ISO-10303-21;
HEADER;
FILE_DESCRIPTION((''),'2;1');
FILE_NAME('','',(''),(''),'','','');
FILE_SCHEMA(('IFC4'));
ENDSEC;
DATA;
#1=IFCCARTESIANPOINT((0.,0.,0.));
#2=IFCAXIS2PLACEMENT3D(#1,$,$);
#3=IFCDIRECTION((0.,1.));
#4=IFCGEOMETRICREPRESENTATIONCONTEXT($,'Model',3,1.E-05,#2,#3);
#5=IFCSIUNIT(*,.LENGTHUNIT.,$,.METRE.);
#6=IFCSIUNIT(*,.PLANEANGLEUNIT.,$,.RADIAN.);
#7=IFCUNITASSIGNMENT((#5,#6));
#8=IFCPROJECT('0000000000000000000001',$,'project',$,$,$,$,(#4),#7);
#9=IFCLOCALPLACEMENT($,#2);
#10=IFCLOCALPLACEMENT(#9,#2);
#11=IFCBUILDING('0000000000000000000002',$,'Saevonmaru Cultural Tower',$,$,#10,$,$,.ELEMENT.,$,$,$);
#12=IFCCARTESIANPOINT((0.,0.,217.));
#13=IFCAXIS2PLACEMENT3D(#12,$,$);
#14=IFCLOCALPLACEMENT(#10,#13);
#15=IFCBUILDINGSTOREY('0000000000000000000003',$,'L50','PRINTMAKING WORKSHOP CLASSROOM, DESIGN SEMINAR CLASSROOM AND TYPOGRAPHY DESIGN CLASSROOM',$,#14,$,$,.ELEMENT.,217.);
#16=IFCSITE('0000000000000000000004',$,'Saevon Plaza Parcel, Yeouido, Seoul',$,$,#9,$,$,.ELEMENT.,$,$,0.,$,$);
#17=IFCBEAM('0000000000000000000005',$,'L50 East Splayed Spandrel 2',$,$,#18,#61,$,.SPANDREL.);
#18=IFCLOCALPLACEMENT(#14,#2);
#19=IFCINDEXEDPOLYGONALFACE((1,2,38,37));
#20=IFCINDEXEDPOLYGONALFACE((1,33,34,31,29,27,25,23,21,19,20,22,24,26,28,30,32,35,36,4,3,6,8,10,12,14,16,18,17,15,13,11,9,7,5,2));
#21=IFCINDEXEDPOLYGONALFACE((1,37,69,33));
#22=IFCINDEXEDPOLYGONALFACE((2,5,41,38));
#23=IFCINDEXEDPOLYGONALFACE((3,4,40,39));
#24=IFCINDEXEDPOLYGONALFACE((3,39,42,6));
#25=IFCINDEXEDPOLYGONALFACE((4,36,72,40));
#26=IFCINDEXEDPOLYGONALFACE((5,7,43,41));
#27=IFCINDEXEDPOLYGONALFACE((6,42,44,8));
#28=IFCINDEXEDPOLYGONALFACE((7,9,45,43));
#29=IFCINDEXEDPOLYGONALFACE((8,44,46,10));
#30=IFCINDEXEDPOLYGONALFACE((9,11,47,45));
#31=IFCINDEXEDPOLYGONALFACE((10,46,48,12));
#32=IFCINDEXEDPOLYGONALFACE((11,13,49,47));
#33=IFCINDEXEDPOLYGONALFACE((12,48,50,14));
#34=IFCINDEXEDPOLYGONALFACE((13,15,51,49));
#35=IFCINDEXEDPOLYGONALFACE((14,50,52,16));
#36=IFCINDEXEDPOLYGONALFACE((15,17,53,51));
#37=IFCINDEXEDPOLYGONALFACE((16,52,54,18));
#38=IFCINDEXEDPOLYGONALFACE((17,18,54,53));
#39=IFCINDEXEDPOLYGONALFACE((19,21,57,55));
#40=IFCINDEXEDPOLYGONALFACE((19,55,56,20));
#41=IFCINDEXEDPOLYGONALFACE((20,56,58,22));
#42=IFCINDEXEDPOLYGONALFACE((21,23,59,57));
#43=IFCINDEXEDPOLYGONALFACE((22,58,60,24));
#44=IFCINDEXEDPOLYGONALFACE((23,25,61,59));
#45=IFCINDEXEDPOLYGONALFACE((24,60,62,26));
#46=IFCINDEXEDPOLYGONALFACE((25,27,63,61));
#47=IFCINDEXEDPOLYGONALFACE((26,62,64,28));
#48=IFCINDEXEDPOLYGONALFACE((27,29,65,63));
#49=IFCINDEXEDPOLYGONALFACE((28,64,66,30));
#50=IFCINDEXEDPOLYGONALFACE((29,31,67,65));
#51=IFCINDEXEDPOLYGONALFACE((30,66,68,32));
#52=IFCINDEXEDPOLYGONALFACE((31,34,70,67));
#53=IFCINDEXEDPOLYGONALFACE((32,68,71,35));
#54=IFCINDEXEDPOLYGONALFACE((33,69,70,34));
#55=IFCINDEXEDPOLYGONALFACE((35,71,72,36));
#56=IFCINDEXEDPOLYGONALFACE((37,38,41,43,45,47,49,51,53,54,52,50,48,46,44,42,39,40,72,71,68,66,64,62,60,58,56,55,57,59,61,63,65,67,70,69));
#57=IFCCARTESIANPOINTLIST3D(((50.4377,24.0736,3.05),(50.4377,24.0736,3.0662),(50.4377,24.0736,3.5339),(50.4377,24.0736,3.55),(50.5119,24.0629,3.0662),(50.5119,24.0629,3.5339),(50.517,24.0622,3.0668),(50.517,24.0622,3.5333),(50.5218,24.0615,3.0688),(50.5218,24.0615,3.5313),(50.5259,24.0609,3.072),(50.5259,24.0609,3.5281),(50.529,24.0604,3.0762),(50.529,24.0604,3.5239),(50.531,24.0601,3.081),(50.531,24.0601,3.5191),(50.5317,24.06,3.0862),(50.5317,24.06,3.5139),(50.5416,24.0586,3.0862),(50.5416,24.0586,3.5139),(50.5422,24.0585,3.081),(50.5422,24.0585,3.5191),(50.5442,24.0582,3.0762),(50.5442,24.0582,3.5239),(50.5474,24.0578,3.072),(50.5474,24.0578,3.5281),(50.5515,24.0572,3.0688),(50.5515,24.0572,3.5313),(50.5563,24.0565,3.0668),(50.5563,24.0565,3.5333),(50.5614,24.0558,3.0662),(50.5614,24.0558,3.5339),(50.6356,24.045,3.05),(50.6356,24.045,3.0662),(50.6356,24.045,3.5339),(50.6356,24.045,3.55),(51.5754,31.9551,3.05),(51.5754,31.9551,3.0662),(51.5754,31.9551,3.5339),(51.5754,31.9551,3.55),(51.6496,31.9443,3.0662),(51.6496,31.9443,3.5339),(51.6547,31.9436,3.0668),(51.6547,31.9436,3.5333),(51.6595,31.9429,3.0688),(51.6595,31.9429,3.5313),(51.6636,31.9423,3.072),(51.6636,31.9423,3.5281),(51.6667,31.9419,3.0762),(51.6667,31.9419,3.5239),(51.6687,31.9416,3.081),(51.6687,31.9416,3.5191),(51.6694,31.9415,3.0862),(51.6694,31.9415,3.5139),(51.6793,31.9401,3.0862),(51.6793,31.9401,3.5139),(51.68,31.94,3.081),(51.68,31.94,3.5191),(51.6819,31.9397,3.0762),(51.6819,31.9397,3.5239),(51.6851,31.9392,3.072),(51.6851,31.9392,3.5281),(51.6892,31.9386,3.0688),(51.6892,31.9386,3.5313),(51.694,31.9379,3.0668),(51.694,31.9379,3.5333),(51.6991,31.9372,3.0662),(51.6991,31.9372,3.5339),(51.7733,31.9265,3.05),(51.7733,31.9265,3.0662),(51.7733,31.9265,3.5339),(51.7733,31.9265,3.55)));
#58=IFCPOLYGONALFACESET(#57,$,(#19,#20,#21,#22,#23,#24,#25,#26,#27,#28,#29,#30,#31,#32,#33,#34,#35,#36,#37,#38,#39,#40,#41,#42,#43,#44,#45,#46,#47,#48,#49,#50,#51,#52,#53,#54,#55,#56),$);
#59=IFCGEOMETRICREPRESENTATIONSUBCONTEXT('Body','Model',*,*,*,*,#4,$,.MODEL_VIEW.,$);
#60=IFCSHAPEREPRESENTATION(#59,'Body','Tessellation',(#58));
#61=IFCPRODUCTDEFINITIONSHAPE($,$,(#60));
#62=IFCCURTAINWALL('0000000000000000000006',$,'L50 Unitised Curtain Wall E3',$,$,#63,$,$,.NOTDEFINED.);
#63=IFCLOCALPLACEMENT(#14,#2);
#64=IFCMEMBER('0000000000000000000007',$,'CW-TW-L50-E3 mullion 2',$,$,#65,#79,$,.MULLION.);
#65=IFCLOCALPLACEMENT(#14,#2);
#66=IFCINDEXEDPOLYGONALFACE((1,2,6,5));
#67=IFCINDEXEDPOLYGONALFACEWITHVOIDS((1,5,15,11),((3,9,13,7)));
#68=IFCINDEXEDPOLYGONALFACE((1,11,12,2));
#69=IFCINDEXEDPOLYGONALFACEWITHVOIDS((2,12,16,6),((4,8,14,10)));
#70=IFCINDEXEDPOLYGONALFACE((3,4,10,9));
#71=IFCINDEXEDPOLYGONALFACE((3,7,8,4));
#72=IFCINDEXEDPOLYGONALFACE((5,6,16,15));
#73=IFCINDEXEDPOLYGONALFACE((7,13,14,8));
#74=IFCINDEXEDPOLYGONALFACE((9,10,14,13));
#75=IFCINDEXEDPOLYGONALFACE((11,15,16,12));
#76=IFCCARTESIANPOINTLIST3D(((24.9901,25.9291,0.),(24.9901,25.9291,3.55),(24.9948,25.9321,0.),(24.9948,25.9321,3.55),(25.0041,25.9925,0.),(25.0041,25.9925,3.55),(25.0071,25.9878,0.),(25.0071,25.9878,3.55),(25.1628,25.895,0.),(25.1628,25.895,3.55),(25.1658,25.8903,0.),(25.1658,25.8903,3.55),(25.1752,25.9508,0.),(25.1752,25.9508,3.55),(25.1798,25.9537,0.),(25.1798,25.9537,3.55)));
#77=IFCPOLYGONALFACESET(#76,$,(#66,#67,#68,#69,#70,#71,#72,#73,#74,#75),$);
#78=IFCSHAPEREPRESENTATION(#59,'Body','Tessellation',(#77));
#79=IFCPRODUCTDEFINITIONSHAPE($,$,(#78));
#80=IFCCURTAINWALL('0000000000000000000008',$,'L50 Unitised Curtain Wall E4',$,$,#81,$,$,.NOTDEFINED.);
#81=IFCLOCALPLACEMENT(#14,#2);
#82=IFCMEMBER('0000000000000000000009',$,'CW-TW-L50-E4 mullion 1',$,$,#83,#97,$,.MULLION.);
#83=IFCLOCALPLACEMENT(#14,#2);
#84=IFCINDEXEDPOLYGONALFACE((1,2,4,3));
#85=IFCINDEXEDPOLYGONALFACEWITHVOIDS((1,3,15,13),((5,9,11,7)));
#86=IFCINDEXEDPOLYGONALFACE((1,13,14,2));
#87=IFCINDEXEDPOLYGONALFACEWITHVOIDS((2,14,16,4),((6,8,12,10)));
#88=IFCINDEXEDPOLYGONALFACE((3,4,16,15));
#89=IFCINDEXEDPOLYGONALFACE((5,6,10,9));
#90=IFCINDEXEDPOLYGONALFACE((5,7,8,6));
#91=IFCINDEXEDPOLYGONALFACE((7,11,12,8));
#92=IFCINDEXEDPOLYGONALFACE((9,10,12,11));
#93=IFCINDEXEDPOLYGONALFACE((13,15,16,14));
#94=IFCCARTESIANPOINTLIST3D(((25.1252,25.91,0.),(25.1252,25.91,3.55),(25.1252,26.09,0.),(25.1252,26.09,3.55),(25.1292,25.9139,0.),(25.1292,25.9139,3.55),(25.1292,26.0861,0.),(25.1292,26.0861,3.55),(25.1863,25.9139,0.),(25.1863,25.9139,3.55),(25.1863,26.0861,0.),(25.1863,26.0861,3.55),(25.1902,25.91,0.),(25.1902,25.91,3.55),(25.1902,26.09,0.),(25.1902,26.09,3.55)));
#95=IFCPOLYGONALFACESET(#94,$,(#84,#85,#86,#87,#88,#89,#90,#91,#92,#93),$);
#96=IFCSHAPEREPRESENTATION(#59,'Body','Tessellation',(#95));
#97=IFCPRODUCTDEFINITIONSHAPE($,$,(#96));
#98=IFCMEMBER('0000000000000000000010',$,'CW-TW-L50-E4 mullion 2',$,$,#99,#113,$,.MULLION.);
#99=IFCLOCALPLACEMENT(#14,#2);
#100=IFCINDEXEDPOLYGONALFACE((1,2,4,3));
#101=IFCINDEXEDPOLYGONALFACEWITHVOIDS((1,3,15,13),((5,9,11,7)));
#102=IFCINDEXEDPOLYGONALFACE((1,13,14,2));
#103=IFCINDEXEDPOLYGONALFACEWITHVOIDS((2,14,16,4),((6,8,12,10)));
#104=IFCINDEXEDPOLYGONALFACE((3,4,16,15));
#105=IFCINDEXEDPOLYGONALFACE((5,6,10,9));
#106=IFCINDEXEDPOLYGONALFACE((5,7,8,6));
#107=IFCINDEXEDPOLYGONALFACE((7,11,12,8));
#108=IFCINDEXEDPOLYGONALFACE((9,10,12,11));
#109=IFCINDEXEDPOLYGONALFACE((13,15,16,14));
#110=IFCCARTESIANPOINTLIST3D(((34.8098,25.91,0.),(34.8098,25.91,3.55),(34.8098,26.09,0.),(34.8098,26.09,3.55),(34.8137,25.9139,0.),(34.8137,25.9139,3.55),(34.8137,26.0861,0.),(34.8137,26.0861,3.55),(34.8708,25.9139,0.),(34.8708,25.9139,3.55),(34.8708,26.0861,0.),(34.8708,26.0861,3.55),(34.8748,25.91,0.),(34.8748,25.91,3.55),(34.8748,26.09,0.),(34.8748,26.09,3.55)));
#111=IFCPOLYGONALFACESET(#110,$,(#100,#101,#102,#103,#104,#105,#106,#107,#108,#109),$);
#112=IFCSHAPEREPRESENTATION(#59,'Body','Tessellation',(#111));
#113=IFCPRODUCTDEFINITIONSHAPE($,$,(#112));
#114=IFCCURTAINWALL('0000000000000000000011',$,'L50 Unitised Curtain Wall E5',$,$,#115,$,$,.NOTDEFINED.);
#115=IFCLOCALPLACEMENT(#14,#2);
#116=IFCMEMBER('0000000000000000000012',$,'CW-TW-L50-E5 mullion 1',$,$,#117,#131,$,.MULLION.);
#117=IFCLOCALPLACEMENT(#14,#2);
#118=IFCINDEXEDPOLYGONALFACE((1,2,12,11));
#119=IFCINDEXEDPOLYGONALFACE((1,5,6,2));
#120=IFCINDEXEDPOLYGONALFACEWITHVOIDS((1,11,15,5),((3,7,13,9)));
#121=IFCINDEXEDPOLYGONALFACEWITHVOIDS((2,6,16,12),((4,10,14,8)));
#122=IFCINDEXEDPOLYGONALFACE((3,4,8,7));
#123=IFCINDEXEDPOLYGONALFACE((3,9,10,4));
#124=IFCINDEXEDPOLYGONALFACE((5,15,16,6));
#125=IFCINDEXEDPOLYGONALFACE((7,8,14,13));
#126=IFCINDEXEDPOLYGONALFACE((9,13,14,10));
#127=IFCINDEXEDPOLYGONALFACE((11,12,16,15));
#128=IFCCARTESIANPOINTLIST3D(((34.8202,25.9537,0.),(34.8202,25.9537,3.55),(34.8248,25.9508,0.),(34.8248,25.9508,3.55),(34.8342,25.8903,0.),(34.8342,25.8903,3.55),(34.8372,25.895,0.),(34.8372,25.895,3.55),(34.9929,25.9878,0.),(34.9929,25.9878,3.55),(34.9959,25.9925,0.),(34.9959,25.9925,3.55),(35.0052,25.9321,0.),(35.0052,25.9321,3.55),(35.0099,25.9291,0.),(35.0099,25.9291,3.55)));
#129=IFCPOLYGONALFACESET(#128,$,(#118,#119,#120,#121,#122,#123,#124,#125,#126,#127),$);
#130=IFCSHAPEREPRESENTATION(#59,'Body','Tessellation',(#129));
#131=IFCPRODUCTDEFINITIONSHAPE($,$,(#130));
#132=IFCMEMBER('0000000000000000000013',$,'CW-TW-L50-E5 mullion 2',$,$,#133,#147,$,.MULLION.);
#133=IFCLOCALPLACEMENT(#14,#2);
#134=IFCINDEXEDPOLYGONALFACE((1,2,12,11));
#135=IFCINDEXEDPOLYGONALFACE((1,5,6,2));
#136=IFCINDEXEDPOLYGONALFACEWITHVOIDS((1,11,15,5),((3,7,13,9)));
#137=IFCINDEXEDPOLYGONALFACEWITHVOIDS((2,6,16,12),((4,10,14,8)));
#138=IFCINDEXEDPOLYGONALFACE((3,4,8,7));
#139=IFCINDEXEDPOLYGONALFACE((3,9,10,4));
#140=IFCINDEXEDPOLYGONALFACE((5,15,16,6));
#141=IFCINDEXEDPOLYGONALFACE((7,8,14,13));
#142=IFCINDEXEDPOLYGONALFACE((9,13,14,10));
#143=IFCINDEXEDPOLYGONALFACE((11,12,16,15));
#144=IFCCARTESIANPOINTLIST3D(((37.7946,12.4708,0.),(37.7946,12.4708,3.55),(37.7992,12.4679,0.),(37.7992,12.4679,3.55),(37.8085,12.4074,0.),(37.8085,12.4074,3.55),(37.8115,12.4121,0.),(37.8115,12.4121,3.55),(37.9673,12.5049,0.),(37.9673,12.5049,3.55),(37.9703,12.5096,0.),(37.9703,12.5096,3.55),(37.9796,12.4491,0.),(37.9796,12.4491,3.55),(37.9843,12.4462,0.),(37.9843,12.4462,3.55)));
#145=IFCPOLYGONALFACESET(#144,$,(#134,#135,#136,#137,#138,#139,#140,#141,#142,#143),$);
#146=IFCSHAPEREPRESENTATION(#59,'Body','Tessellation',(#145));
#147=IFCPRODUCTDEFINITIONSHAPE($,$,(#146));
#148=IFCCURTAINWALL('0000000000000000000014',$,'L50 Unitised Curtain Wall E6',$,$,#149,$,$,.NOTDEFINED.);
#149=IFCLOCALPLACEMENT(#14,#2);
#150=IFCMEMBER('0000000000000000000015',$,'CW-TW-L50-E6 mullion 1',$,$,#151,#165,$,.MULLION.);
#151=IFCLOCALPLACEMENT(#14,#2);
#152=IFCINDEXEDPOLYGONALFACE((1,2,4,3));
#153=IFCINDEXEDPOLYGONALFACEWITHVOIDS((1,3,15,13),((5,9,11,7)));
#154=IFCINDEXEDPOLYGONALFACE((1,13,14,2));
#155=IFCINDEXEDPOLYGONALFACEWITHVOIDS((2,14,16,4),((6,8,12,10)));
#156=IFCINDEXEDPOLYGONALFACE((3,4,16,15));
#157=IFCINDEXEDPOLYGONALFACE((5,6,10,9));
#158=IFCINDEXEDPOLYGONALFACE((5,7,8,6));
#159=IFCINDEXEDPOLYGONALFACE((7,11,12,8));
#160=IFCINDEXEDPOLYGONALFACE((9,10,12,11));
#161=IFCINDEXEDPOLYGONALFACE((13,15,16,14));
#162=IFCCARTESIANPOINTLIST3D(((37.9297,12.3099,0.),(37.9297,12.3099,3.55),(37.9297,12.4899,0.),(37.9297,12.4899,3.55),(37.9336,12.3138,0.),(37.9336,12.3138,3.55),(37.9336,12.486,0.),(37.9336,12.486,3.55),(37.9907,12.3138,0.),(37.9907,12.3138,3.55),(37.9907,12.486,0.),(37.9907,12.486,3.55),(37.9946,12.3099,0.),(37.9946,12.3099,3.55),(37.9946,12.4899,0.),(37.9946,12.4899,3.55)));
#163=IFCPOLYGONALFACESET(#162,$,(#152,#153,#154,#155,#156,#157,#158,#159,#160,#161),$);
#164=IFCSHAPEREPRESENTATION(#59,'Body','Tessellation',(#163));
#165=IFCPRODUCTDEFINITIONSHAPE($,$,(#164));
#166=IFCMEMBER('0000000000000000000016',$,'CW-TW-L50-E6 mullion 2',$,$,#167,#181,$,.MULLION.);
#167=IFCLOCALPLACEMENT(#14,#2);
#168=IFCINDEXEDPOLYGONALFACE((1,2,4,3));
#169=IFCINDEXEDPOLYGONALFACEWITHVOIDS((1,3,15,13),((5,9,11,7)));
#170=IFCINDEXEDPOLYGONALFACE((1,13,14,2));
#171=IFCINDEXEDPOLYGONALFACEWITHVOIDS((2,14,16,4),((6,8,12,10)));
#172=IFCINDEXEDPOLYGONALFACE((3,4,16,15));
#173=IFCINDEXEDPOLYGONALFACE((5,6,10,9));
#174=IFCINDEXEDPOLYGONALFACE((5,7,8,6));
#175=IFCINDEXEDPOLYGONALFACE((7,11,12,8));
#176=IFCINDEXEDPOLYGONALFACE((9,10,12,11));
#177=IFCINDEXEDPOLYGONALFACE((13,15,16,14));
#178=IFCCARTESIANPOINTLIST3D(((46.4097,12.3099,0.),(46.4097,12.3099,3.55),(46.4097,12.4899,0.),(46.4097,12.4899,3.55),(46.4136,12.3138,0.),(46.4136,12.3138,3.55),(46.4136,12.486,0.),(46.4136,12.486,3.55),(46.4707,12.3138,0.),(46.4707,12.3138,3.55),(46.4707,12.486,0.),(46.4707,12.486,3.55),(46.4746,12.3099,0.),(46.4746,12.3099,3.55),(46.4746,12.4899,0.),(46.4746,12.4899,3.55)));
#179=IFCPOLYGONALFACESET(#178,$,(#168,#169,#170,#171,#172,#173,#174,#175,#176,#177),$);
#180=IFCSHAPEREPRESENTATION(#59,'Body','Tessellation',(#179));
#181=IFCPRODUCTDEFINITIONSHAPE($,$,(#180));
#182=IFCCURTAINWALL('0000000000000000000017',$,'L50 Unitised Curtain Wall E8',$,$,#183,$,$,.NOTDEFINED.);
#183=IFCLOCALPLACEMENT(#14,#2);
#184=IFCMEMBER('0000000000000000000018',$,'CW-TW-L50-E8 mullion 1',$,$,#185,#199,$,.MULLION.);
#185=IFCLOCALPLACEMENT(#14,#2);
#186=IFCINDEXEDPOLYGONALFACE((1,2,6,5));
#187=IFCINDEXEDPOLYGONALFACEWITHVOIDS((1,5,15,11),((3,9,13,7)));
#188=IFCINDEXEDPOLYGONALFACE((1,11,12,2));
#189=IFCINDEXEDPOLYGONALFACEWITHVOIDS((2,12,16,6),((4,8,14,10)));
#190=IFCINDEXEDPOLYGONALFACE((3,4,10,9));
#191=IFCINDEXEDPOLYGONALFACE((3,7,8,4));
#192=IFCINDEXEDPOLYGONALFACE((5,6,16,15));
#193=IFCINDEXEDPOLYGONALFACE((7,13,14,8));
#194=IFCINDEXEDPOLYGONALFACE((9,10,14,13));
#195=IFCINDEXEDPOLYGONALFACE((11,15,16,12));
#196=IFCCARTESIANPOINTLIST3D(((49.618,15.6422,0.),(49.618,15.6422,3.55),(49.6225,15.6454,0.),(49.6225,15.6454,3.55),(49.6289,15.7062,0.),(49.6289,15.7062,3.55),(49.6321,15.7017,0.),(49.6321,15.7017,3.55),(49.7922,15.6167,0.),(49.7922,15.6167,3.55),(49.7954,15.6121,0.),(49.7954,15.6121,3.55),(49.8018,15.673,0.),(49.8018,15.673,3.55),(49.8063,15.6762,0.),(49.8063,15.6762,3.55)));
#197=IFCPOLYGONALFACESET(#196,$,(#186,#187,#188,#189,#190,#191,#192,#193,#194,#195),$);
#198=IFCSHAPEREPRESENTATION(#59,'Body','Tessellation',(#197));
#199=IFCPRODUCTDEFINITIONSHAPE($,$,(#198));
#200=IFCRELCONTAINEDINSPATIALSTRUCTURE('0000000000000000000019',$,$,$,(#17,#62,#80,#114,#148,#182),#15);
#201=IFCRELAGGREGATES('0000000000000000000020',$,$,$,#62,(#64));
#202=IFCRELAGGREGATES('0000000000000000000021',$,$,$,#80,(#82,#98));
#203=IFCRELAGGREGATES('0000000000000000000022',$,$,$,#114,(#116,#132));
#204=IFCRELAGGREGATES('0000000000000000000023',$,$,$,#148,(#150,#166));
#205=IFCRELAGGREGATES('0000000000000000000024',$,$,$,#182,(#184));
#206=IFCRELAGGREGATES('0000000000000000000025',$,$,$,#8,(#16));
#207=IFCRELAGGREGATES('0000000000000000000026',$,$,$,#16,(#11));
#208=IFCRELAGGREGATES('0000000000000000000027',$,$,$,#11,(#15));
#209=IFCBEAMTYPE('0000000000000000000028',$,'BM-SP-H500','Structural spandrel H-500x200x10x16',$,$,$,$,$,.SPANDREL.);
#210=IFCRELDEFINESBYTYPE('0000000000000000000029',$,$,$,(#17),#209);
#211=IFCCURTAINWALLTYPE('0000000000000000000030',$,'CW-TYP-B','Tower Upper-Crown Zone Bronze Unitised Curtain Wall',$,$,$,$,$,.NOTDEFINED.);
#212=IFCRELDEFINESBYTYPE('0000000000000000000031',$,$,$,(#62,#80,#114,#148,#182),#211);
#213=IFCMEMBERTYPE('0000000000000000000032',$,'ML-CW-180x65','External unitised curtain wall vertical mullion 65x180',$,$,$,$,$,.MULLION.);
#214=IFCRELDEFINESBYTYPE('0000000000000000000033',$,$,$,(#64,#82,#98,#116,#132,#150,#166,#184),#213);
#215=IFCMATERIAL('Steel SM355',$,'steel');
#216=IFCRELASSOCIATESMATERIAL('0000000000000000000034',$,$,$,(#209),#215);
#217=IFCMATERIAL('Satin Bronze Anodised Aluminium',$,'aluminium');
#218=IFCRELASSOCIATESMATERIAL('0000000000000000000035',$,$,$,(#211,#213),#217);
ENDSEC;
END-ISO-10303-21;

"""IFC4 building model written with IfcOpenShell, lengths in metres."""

from ifc_helpers import new_model, si_unit, direction, frame, origin, origin_2d, place, context, subcontext, project, spatial, hollow_rectangle, i_section, extrude, material, material_profile, profile_set, type_object, element, aggregate, save


model = new_model("IFC4")

# Units and contexts
model_context = context("Model", 3, precision=1e-05, world=origin(), true_north=direction((0.0, 1.0)))
body_context = subcontext(model_context, "Body", "Model", "MODEL_VIEW")
ifc_project = project(units=[si_unit("LENGTHUNIT", "METRE"), si_unit("PLANEANGLEUNIT", "RADIAN")], contexts=[model_context])

# Site, building, storey
site_placement = place(None, origin())
site = spatial("IfcSite", under=ifc_project, at=site_placement, Name="Saevon Plaza Parcel, Yeouido, Seoul", CompositionType="ELEMENT", RefElevation=0.0)
building_placement = place(site_placement, origin())
building = spatial("IfcBuilding", under=site, at=building_placement, Name="Saevonmaru Cultural Tower", CompositionType="ELEMENT")
storey_placement = place(building_placement, frame((0.0, 0.0, 217.0)))
storey = spatial("IfcBuildingStorey", under=building, at=storey_placement, Name="L50", Description="PRINTMAKING WORKSHOP CLASSROOM, DESIGN SEMINAR CLASSROOM AND TYPOGRAPHY DESIGN CLASSROOM", CompositionType="ELEMENT", Elevation=217.0)

# Shared definitions
ifc_material_1 = material(Name="Steel SM355", Category="steel")

# Beam
ifc_material_profile_1 = material_profile(ifc_material_1, i_section(OverallWidth=0.2, OverallDepth=0.5, WebThickness=0.01, FlangeThickness=0.0161, FilletRadius=0.02, at=origin_2d()), Name="H-500x200x10x16")
ifc_profile_set_1 = profile_set([ifc_material_profile_1], Name="Steel SM355")
beam_type_1 = type_object("IfcBeamType", Name="BM-SP-H500", Description="Structural spandrel H-500x200x10x16", PredefinedType="SPANDREL", material=ifc_profile_set_1)
for number, where, z_axis, x_axis, name in (
    (1, (50.5366, 24.0593, 3.3), (0.142872, 0.989741, 0.0), (-0.989741, 0.142872, 0.0), "L50 East Splayed Spandrel 2"),
):
    element("IfcBeam", number, at=place(storey_placement, frame(where, z_axis=z_axis, x_axis=x_axis)), inside=storey, type_object=beam_type_1, Name=name, PredefinedType="SPANDREL", context=body_context, shape_type="SweptSolid", body=[
        extrude(i_section(OverallWidth=0.2, OverallDepth=0.5, WebThickness=0.01, FlangeThickness=0.0161, FilletRadius=0.02, at=origin_2d()), origin(), (0.0, 0.0, 1.0), 7.9631),
    ])

# Curtain wall, member
ifc_material_2 = material(Name="Satin Bronze Anodised Aluminium", Category="aluminium")
curtain_wall_type_1 = type_object("IfcCurtainWallType", Name="CW-TYP-B", Description="Tower Upper-Crown Zone Bronze Unitised Curtain Wall", PredefinedType="NOTDEFINED", material=ifc_material_2)
curtain_wall_1_placement = place(storey_placement, origin())
curtain_wall_1 = element("IfcCurtainWall", 2, at=curtain_wall_1_placement, inside=storey, type_object=curtain_wall_type_1, Name="L50 Unitised Curtain Wall E3", PredefinedType="NOTDEFINED")
ifc_material_profile_2 = material_profile(ifc_material_2, hollow_rectangle(XDim=0.0649, YDim=0.1799, WallThickness=0.0039, at=origin_2d()), Name="ALU-MULL-180x65x4")
ifc_profile_set_2 = profile_set([ifc_material_profile_2], Name="Satin Bronze Anodised Aluminium")
member_type_1 = type_object("IfcMemberType", Name="ML-CW-180x65", Description="External unitised curtain wall vertical mullion 65x180", PredefinedType="MULLION", material=ifc_profile_set_2)
member_1_placement = place(storey_placement, frame((25.085, 25.9414, 0.0), z_axis=(0.0, 0.0, 1.0), x_axis=(0.215413, 0.976523, 0.0)))
member_1 = element("IfcMember", 3, at=member_1_placement, type_object=member_type_1, Name="CW-TW-L50-E3 mullion 2", PredefinedType="MULLION", context=body_context, shape_type="SweptSolid", body=[
    extrude(hollow_rectangle(XDim=0.0649, YDim=0.1799, WallThickness=0.0039, at=origin_2d()), origin(), (0.0, 0.0, 1.0), 3.55),
])
aggregate(curtain_wall_1, [member_1])

# Curtain walls, members
curtain_wall_2_placement = place(storey_placement, origin())
curtain_wall_2 = element("IfcCurtainWall", 4, at=curtain_wall_2_placement, inside=storey, type_object=curtain_wall_type_1, Name="L50 Unitised Curtain Wall E4", PredefinedType="NOTDEFINED")
member_2_placement = place(storey_placement, frame((25.1577, 26.0, 0.0), z_axis=(0.0, 0.0, 1.0), x_axis=(1.0, 0.0, 0.0)))
member_2 = element("IfcMember", 5, at=member_2_placement, type_object=member_type_1, Name="CW-TW-L50-E4 mullion 1", PredefinedType="MULLION", context=body_context, shape_type="SweptSolid", body=[
    extrude(hollow_rectangle(XDim=0.0649, YDim=0.1799, WallThickness=0.0039, at=origin_2d()), origin(), (0.0, 0.0, 1.0), 3.55),
])
member_3_placement = place(storey_placement, frame((34.8423, 26.0, 0.0), z_axis=(0.0, 0.0, 1.0), x_axis=(1.0, 0.0, 0.0)))
member_3 = element("IfcMember", 6, at=member_3_placement, type_object=member_type_1, Name="CW-TW-L50-E4 mullion 2", PredefinedType="MULLION", context=body_context, shape_type="SweptSolid", body=[
    extrude(hollow_rectangle(XDim=0.0649, YDim=0.1799, WallThickness=0.0039, at=origin_2d()), origin(), (0.0, 0.0, 1.0), 3.55),
])
curtain_wall_3_placement = place(storey_placement, origin())
curtain_wall_3 = element("IfcCurtainWall", 7, at=curtain_wall_3_placement, inside=storey, type_object=curtain_wall_type_1, Name="L50 Unitised Curtain Wall E5", PredefinedType="NOTDEFINED")
member_4_placement = place(storey_placement, frame((34.915, 25.9414, 0.0), z_axis=(0.0, 0.0, 1.0), x_axis=(0.215413, -0.976523, 0.0)))
member_4 = element("IfcMember", 8, at=member_4_placement, type_object=member_type_1, Name="CW-TW-L50-E5 mullion 1", PredefinedType="MULLION", context=body_context, shape_type="SweptSolid", body=[
    extrude(hollow_rectangle(XDim=0.0649, YDim=0.1799, WallThickness=0.0039, at=origin_2d()), origin(), (0.0, 0.0, 1.0), 3.55),
])
member_5_placement = place(storey_placement, frame((37.8894, 12.4585, 0.0), z_axis=(0.0, 0.0, 1.0), x_axis=(0.215413, -0.976523, 0.0)))
member_5 = element("IfcMember", 9, at=member_5_placement, type_object=member_type_1, Name="CW-TW-L50-E5 mullion 2", PredefinedType="MULLION", context=body_context, shape_type="SweptSolid", body=[
    extrude(hollow_rectangle(XDim=0.0649, YDim=0.1799, WallThickness=0.0039, at=origin_2d()), origin(), (0.0, 0.0, 1.0), 3.55),
])
curtain_wall_4_placement = place(storey_placement, origin())
curtain_wall_4 = element("IfcCurtainWall", 10, at=curtain_wall_4_placement, inside=storey, type_object=curtain_wall_type_1, Name="L50 Unitised Curtain Wall E6", PredefinedType="NOTDEFINED")
member_6_placement = place(storey_placement, frame((37.9622, 12.3999, 0.0), z_axis=(0.0, 0.0, 1.0), x_axis=(1.0, 0.0, 0.0)))
member_6 = element("IfcMember", 11, at=member_6_placement, type_object=member_type_1, Name="CW-TW-L50-E6 mullion 1", PredefinedType="MULLION", context=body_context, shape_type="SweptSolid", body=[
    extrude(hollow_rectangle(XDim=0.0649, YDim=0.1799, WallThickness=0.0039, at=origin_2d()), origin(), (0.0, 0.0, 1.0), 3.55),
])
member_7_placement = place(storey_placement, frame((46.4421, 12.3999, 0.0), z_axis=(0.0, 0.0, 1.0), x_axis=(1.0, 0.0, 0.0)))
member_7 = element("IfcMember", 12, at=member_7_placement, type_object=member_type_1, Name="CW-TW-L50-E6 mullion 2", PredefinedType="MULLION", context=body_context, shape_type="SweptSolid", body=[
    extrude(hollow_rectangle(XDim=0.0649, YDim=0.1799, WallThickness=0.0039, at=origin_2d()), origin(), (0.0, 0.0, 1.0), 3.55),
])
curtain_wall_5_placement = place(storey_placement, origin())
curtain_wall_5 = element("IfcCurtainWall", 13, at=curtain_wall_5_placement, inside=storey, type_object=curtain_wall_type_1, Name="L50 Unitised Curtain Wall E8", PredefinedType="NOTDEFINED")
member_8_placement = place(storey_placement, frame((49.7122, 15.6592, 0.0), z_axis=(0.0, 0.0, 1.0), x_axis=(0.166922, 0.98597, 0.0)))
member_8 = element("IfcMember", 14, at=member_8_placement, type_object=member_type_1, Name="CW-TW-L50-E8 mullion 1", PredefinedType="MULLION", context=body_context, shape_type="SweptSolid", body=[
    extrude(hollow_rectangle(XDim=0.0649, YDim=0.1799, WallThickness=0.0039, at=origin_2d()), origin(), (0.0, 0.0, 1.0), 3.55),
])

aggregate(curtain_wall_2, [member_2, member_3])
aggregate(curtain_wall_3, [member_4, member_5])
aggregate(curtain_wall_4, [member_6, member_7])
aggregate(curtain_wall_5, [member_8])

save(model, "model.ifc")
